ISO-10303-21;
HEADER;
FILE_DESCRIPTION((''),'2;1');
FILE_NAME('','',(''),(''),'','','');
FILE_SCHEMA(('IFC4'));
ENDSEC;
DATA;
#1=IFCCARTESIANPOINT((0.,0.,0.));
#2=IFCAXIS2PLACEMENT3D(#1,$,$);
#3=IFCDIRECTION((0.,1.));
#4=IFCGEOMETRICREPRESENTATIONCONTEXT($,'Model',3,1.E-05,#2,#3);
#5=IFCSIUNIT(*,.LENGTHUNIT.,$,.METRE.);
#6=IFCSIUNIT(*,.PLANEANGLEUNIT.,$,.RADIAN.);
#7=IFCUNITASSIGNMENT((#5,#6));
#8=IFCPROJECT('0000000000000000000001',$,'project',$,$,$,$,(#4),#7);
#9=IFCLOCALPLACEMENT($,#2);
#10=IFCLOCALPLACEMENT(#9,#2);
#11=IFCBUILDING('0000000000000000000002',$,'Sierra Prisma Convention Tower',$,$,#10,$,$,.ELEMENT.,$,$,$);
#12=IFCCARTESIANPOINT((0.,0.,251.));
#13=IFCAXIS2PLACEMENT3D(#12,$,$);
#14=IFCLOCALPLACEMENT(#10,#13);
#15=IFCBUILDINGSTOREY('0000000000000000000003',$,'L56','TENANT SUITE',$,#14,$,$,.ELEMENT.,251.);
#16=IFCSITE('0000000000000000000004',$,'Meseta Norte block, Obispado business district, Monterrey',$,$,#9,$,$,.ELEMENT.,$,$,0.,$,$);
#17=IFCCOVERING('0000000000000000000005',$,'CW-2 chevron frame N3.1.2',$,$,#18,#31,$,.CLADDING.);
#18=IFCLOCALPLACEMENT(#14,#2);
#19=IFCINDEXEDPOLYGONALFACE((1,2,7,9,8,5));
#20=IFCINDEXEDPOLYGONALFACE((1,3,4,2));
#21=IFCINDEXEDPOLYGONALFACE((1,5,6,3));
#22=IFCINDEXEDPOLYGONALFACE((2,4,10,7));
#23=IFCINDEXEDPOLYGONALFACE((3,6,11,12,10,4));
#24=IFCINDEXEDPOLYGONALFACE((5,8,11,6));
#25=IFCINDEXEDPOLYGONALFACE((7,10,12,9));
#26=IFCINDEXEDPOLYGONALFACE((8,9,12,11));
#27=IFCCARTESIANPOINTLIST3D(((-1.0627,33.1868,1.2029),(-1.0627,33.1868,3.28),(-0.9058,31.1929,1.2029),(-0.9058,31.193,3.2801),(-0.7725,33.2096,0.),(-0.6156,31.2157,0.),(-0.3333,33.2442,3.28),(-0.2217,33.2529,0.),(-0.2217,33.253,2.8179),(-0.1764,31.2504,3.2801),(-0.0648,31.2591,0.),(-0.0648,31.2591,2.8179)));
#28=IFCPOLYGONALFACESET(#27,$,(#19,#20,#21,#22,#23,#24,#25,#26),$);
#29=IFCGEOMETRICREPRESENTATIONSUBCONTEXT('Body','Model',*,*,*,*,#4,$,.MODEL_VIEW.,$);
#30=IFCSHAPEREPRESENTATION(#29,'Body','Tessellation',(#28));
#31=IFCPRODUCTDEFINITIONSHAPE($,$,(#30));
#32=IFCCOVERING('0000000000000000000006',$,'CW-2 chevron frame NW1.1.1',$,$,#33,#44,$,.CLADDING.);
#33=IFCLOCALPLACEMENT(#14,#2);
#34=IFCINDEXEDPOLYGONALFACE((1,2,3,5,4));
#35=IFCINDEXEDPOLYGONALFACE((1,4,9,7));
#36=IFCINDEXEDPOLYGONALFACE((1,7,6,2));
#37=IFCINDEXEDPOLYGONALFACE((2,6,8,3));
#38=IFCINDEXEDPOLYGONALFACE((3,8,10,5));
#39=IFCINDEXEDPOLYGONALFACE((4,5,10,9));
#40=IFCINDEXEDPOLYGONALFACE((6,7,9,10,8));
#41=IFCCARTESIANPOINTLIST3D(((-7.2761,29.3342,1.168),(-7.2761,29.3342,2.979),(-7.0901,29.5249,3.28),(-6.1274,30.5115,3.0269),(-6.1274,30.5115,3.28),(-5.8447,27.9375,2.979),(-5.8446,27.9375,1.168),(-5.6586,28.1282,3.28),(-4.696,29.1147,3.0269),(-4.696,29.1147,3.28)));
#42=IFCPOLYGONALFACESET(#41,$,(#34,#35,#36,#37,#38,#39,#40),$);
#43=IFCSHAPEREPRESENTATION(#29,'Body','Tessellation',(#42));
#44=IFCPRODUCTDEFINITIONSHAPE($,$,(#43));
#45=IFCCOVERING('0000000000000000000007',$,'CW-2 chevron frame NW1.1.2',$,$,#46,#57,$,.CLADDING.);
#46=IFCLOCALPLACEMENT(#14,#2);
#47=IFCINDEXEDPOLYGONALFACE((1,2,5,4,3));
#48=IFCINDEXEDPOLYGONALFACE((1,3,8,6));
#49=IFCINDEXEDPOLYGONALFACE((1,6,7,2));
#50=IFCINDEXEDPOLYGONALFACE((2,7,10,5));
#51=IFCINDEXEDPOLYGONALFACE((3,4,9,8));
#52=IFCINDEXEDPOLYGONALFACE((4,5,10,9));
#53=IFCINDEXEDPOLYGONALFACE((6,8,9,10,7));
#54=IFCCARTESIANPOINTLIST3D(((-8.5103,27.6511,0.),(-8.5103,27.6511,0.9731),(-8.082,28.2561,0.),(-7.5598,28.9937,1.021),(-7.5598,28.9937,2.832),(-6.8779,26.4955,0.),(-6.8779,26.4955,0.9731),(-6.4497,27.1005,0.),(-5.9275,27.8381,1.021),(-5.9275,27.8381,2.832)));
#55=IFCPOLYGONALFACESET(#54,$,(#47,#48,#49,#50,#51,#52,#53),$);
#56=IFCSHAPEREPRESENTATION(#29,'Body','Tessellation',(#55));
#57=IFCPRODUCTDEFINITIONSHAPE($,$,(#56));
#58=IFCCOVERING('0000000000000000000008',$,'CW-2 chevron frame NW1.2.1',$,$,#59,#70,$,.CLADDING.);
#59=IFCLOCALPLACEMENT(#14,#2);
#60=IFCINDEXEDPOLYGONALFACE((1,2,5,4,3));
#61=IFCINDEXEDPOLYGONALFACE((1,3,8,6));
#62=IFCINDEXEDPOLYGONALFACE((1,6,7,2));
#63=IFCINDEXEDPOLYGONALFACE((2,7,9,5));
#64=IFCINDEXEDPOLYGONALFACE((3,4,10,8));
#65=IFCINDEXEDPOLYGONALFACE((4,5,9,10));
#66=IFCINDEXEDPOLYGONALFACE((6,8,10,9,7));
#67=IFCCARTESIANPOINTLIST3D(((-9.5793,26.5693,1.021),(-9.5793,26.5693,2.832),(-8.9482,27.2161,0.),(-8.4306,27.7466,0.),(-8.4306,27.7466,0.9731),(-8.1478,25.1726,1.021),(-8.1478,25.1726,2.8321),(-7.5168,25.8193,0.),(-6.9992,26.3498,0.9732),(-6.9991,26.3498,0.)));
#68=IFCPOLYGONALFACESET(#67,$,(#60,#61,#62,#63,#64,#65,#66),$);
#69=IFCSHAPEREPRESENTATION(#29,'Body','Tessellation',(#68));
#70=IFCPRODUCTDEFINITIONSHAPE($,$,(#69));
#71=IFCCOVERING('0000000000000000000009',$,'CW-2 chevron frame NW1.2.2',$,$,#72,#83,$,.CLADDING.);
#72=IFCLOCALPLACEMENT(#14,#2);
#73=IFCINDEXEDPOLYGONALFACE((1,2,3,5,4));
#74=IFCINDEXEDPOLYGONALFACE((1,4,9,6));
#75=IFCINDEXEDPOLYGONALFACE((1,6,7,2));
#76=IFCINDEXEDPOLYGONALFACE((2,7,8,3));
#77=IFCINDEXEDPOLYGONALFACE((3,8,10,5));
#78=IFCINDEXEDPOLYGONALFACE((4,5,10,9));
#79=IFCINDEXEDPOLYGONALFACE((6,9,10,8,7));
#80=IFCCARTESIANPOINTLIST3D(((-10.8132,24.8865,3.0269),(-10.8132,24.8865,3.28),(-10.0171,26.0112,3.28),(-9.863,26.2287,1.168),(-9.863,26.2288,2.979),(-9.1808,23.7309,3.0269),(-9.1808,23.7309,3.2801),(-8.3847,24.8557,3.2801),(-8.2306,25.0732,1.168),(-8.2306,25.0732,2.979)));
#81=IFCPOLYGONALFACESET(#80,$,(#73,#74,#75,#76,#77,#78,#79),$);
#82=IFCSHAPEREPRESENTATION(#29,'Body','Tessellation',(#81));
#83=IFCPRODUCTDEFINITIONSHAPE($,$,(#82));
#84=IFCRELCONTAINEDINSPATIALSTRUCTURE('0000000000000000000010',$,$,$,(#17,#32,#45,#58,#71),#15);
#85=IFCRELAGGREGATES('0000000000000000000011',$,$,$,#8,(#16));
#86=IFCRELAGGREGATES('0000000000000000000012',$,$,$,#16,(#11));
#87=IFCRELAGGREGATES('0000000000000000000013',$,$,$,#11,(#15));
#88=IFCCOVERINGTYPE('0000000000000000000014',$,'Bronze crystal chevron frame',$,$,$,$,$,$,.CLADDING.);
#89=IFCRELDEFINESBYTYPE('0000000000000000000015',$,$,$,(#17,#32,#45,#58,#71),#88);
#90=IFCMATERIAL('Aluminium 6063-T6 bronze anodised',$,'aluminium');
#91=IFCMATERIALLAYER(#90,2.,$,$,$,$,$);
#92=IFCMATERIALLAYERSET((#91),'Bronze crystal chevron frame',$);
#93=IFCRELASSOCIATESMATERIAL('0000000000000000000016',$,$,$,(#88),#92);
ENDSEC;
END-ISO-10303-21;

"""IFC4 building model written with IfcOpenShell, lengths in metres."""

from ifc_helpers import new_model, si_unit, direction, frame, origin, place, context, subcontext, project, spatial, polyline, outline, extrude, material, layer, layer_set, type_object, element, save


model = new_model("IFC4")

# Units and contexts
model_context = context("Model", 3, precision=1e-05, world=origin(), true_north=direction((0.0, 1.0)))
body_context = subcontext(model_context, "Body", "Model", "MODEL_VIEW")
ifc_project = project(units=[si_unit("LENGTHUNIT", "METRE"), si_unit("PLANEANGLEUNIT", "RADIAN")], contexts=[model_context])

# Site, building, storey
site_placement = place(None, origin())
site = spatial("IfcSite", under=ifc_project, at=site_placement, Name="Meseta Norte block, Obispado business district, Monterrey", CompositionType="ELEMENT", RefElevation=0.0)
building_placement = place(site_placement, origin())
building = spatial("IfcBuilding", under=site, at=building_placement, Name="Sierra Prisma Convention Tower", CompositionType="ELEMENT")
storey_placement = place(building_placement, frame((0.0, 0.0, 251.0)))
storey = spatial("IfcBuildingStorey", under=building, at=storey_placement, Name="L56", Description="TENANT SUITE", CompositionType="ELEMENT", Elevation=251.0)

# Coverings
ifc_material_1 = material(Name="Aluminium 6063-T6 bronze anodised", Category="aluminium")
ifc_layer_1 = layer(ifc_material_1, 2.0)
ifc_layer_set_1 = layer_set([ifc_layer_1], Name="Bronze crystal chevron frame")
covering_type = type_object("IfcCoveringType", Name="Bronze crystal chevron frame", PredefinedType="CLADDING", material=ifc_layer_set_1)
covering_1_placement = place(storey_placement, frame((-0.2217, 33.2529, 0.0), z_axis=(-0.078452, 0.996918, -0.000019), x_axis=(-0.996918, -0.078452, 0.0)))
element("IfcCovering", 1, at=covering_1_placement, inside=storey, type_object=covering_type, Name="CW-2 chevron frame N3.1.2", PredefinedType="CLADDING", context=body_context, shape_type="SweptSolid", body=[
    extrude(outline(polyline([(0.0, 0.0), (0.5525, 0.0), (0.8437, 1.2029), (0.8437, 3.28), (0.1119, 3.28), (0.0, 2.8179), (0.0, 0.0)])), origin(), (0.0, 0.0, -1.0), 2.0),
])
covering_2_placement = place(storey_placement, frame((-6.1274, 30.5115, 3.28), z_axis=(-0.715736, 0.698371, -0.000004), x_axis=(0.000003, -0.000003, -1.0)))
element("IfcCovering", 2, at=covering_2_placement, inside=storey, type_object=covering_type, Name="CW-2 chevron frame NW1.1.1", PredefinedType="CLADDING", context=body_context, shape_type="SweptSolid", body=[
    extrude(outline(polyline([(0.0, 0.0), (0.2532, 0.0), (2.1121, 1.6448), (0.301, 1.6448), (0.0, 1.3784), (0.0, 0.0)])), origin(), (0.0, 0.0, -1.0), 2.0),
])
covering_3_placement = place(storey_placement, frame((-7.5598, 28.9937, 2.832), z_axis=(-0.81618, 0.577798, 0.000018), x_axis=(-0.000015, 0.00001, -1.0)))
element("IfcCovering", 3, at=covering_3_placement, inside=storey, type_object=covering_type, Name="CW-2 chevron frame NW1.1.2", PredefinedType="CLADDING", context=body_context, shape_type="SweptSolid", body=[
    extrude(outline(polyline([(0.0, 0.0), (1.811, 0.0), (2.832, 0.9037), (2.832, 1.6449), (1.8589, 1.6449), (0.0, 0.0)])), origin(), (0.0, 0.0, -1.0), 2.0),
])
covering_4_placement = place(storey_placement, frame((-8.9482, 27.2161, 0.0), z_axis=(-0.715743, 0.698364, -0.000015), x_axis=(-0.462853, -0.474355, 0.748836)))
element("IfcCovering", 4, at=covering_4_placement, inside=storey, type_object=covering_type, Name="CW-2 chevron frame NW1.2.1", PredefinedType="CLADDING", context=body_context, shape_type="SweptSolid", body=[
    extrude(outline(polyline([(0.0, 0.0), (1.3634, 0.0), (2.7196, 1.2003), (0.2375, 1.2), (-0.4912, 0.555), (0.0, 0.0)])), origin(), (0.0, 0.0, -1.0), 2.0),
])
covering_5_placement = place(storey_placement, frame((-10.8132, 24.8865, 3.28), z_axis=(-0.816196, 0.577775, -0.000023), x_axis=(0.577775, 0.816196, 0.0)))
element("IfcCovering", 5, at=covering_5_placement, inside=storey, type_object=covering_type, Name="CW-2 chevron frame NW1.2.2", PredefinedType="CLADDING", context=body_context, shape_type="SweptSolid", body=[
    extrude(outline(polyline([(0.0, 0.0), (1.378, 0.0), (1.6446, 0.301), (1.6446, 2.1121), (0.0, 0.2532), (0.0, 0.0)])), origin(), (0.0, 0.0, -1.0), 2.0),
])

save(model, "model.ifc")
